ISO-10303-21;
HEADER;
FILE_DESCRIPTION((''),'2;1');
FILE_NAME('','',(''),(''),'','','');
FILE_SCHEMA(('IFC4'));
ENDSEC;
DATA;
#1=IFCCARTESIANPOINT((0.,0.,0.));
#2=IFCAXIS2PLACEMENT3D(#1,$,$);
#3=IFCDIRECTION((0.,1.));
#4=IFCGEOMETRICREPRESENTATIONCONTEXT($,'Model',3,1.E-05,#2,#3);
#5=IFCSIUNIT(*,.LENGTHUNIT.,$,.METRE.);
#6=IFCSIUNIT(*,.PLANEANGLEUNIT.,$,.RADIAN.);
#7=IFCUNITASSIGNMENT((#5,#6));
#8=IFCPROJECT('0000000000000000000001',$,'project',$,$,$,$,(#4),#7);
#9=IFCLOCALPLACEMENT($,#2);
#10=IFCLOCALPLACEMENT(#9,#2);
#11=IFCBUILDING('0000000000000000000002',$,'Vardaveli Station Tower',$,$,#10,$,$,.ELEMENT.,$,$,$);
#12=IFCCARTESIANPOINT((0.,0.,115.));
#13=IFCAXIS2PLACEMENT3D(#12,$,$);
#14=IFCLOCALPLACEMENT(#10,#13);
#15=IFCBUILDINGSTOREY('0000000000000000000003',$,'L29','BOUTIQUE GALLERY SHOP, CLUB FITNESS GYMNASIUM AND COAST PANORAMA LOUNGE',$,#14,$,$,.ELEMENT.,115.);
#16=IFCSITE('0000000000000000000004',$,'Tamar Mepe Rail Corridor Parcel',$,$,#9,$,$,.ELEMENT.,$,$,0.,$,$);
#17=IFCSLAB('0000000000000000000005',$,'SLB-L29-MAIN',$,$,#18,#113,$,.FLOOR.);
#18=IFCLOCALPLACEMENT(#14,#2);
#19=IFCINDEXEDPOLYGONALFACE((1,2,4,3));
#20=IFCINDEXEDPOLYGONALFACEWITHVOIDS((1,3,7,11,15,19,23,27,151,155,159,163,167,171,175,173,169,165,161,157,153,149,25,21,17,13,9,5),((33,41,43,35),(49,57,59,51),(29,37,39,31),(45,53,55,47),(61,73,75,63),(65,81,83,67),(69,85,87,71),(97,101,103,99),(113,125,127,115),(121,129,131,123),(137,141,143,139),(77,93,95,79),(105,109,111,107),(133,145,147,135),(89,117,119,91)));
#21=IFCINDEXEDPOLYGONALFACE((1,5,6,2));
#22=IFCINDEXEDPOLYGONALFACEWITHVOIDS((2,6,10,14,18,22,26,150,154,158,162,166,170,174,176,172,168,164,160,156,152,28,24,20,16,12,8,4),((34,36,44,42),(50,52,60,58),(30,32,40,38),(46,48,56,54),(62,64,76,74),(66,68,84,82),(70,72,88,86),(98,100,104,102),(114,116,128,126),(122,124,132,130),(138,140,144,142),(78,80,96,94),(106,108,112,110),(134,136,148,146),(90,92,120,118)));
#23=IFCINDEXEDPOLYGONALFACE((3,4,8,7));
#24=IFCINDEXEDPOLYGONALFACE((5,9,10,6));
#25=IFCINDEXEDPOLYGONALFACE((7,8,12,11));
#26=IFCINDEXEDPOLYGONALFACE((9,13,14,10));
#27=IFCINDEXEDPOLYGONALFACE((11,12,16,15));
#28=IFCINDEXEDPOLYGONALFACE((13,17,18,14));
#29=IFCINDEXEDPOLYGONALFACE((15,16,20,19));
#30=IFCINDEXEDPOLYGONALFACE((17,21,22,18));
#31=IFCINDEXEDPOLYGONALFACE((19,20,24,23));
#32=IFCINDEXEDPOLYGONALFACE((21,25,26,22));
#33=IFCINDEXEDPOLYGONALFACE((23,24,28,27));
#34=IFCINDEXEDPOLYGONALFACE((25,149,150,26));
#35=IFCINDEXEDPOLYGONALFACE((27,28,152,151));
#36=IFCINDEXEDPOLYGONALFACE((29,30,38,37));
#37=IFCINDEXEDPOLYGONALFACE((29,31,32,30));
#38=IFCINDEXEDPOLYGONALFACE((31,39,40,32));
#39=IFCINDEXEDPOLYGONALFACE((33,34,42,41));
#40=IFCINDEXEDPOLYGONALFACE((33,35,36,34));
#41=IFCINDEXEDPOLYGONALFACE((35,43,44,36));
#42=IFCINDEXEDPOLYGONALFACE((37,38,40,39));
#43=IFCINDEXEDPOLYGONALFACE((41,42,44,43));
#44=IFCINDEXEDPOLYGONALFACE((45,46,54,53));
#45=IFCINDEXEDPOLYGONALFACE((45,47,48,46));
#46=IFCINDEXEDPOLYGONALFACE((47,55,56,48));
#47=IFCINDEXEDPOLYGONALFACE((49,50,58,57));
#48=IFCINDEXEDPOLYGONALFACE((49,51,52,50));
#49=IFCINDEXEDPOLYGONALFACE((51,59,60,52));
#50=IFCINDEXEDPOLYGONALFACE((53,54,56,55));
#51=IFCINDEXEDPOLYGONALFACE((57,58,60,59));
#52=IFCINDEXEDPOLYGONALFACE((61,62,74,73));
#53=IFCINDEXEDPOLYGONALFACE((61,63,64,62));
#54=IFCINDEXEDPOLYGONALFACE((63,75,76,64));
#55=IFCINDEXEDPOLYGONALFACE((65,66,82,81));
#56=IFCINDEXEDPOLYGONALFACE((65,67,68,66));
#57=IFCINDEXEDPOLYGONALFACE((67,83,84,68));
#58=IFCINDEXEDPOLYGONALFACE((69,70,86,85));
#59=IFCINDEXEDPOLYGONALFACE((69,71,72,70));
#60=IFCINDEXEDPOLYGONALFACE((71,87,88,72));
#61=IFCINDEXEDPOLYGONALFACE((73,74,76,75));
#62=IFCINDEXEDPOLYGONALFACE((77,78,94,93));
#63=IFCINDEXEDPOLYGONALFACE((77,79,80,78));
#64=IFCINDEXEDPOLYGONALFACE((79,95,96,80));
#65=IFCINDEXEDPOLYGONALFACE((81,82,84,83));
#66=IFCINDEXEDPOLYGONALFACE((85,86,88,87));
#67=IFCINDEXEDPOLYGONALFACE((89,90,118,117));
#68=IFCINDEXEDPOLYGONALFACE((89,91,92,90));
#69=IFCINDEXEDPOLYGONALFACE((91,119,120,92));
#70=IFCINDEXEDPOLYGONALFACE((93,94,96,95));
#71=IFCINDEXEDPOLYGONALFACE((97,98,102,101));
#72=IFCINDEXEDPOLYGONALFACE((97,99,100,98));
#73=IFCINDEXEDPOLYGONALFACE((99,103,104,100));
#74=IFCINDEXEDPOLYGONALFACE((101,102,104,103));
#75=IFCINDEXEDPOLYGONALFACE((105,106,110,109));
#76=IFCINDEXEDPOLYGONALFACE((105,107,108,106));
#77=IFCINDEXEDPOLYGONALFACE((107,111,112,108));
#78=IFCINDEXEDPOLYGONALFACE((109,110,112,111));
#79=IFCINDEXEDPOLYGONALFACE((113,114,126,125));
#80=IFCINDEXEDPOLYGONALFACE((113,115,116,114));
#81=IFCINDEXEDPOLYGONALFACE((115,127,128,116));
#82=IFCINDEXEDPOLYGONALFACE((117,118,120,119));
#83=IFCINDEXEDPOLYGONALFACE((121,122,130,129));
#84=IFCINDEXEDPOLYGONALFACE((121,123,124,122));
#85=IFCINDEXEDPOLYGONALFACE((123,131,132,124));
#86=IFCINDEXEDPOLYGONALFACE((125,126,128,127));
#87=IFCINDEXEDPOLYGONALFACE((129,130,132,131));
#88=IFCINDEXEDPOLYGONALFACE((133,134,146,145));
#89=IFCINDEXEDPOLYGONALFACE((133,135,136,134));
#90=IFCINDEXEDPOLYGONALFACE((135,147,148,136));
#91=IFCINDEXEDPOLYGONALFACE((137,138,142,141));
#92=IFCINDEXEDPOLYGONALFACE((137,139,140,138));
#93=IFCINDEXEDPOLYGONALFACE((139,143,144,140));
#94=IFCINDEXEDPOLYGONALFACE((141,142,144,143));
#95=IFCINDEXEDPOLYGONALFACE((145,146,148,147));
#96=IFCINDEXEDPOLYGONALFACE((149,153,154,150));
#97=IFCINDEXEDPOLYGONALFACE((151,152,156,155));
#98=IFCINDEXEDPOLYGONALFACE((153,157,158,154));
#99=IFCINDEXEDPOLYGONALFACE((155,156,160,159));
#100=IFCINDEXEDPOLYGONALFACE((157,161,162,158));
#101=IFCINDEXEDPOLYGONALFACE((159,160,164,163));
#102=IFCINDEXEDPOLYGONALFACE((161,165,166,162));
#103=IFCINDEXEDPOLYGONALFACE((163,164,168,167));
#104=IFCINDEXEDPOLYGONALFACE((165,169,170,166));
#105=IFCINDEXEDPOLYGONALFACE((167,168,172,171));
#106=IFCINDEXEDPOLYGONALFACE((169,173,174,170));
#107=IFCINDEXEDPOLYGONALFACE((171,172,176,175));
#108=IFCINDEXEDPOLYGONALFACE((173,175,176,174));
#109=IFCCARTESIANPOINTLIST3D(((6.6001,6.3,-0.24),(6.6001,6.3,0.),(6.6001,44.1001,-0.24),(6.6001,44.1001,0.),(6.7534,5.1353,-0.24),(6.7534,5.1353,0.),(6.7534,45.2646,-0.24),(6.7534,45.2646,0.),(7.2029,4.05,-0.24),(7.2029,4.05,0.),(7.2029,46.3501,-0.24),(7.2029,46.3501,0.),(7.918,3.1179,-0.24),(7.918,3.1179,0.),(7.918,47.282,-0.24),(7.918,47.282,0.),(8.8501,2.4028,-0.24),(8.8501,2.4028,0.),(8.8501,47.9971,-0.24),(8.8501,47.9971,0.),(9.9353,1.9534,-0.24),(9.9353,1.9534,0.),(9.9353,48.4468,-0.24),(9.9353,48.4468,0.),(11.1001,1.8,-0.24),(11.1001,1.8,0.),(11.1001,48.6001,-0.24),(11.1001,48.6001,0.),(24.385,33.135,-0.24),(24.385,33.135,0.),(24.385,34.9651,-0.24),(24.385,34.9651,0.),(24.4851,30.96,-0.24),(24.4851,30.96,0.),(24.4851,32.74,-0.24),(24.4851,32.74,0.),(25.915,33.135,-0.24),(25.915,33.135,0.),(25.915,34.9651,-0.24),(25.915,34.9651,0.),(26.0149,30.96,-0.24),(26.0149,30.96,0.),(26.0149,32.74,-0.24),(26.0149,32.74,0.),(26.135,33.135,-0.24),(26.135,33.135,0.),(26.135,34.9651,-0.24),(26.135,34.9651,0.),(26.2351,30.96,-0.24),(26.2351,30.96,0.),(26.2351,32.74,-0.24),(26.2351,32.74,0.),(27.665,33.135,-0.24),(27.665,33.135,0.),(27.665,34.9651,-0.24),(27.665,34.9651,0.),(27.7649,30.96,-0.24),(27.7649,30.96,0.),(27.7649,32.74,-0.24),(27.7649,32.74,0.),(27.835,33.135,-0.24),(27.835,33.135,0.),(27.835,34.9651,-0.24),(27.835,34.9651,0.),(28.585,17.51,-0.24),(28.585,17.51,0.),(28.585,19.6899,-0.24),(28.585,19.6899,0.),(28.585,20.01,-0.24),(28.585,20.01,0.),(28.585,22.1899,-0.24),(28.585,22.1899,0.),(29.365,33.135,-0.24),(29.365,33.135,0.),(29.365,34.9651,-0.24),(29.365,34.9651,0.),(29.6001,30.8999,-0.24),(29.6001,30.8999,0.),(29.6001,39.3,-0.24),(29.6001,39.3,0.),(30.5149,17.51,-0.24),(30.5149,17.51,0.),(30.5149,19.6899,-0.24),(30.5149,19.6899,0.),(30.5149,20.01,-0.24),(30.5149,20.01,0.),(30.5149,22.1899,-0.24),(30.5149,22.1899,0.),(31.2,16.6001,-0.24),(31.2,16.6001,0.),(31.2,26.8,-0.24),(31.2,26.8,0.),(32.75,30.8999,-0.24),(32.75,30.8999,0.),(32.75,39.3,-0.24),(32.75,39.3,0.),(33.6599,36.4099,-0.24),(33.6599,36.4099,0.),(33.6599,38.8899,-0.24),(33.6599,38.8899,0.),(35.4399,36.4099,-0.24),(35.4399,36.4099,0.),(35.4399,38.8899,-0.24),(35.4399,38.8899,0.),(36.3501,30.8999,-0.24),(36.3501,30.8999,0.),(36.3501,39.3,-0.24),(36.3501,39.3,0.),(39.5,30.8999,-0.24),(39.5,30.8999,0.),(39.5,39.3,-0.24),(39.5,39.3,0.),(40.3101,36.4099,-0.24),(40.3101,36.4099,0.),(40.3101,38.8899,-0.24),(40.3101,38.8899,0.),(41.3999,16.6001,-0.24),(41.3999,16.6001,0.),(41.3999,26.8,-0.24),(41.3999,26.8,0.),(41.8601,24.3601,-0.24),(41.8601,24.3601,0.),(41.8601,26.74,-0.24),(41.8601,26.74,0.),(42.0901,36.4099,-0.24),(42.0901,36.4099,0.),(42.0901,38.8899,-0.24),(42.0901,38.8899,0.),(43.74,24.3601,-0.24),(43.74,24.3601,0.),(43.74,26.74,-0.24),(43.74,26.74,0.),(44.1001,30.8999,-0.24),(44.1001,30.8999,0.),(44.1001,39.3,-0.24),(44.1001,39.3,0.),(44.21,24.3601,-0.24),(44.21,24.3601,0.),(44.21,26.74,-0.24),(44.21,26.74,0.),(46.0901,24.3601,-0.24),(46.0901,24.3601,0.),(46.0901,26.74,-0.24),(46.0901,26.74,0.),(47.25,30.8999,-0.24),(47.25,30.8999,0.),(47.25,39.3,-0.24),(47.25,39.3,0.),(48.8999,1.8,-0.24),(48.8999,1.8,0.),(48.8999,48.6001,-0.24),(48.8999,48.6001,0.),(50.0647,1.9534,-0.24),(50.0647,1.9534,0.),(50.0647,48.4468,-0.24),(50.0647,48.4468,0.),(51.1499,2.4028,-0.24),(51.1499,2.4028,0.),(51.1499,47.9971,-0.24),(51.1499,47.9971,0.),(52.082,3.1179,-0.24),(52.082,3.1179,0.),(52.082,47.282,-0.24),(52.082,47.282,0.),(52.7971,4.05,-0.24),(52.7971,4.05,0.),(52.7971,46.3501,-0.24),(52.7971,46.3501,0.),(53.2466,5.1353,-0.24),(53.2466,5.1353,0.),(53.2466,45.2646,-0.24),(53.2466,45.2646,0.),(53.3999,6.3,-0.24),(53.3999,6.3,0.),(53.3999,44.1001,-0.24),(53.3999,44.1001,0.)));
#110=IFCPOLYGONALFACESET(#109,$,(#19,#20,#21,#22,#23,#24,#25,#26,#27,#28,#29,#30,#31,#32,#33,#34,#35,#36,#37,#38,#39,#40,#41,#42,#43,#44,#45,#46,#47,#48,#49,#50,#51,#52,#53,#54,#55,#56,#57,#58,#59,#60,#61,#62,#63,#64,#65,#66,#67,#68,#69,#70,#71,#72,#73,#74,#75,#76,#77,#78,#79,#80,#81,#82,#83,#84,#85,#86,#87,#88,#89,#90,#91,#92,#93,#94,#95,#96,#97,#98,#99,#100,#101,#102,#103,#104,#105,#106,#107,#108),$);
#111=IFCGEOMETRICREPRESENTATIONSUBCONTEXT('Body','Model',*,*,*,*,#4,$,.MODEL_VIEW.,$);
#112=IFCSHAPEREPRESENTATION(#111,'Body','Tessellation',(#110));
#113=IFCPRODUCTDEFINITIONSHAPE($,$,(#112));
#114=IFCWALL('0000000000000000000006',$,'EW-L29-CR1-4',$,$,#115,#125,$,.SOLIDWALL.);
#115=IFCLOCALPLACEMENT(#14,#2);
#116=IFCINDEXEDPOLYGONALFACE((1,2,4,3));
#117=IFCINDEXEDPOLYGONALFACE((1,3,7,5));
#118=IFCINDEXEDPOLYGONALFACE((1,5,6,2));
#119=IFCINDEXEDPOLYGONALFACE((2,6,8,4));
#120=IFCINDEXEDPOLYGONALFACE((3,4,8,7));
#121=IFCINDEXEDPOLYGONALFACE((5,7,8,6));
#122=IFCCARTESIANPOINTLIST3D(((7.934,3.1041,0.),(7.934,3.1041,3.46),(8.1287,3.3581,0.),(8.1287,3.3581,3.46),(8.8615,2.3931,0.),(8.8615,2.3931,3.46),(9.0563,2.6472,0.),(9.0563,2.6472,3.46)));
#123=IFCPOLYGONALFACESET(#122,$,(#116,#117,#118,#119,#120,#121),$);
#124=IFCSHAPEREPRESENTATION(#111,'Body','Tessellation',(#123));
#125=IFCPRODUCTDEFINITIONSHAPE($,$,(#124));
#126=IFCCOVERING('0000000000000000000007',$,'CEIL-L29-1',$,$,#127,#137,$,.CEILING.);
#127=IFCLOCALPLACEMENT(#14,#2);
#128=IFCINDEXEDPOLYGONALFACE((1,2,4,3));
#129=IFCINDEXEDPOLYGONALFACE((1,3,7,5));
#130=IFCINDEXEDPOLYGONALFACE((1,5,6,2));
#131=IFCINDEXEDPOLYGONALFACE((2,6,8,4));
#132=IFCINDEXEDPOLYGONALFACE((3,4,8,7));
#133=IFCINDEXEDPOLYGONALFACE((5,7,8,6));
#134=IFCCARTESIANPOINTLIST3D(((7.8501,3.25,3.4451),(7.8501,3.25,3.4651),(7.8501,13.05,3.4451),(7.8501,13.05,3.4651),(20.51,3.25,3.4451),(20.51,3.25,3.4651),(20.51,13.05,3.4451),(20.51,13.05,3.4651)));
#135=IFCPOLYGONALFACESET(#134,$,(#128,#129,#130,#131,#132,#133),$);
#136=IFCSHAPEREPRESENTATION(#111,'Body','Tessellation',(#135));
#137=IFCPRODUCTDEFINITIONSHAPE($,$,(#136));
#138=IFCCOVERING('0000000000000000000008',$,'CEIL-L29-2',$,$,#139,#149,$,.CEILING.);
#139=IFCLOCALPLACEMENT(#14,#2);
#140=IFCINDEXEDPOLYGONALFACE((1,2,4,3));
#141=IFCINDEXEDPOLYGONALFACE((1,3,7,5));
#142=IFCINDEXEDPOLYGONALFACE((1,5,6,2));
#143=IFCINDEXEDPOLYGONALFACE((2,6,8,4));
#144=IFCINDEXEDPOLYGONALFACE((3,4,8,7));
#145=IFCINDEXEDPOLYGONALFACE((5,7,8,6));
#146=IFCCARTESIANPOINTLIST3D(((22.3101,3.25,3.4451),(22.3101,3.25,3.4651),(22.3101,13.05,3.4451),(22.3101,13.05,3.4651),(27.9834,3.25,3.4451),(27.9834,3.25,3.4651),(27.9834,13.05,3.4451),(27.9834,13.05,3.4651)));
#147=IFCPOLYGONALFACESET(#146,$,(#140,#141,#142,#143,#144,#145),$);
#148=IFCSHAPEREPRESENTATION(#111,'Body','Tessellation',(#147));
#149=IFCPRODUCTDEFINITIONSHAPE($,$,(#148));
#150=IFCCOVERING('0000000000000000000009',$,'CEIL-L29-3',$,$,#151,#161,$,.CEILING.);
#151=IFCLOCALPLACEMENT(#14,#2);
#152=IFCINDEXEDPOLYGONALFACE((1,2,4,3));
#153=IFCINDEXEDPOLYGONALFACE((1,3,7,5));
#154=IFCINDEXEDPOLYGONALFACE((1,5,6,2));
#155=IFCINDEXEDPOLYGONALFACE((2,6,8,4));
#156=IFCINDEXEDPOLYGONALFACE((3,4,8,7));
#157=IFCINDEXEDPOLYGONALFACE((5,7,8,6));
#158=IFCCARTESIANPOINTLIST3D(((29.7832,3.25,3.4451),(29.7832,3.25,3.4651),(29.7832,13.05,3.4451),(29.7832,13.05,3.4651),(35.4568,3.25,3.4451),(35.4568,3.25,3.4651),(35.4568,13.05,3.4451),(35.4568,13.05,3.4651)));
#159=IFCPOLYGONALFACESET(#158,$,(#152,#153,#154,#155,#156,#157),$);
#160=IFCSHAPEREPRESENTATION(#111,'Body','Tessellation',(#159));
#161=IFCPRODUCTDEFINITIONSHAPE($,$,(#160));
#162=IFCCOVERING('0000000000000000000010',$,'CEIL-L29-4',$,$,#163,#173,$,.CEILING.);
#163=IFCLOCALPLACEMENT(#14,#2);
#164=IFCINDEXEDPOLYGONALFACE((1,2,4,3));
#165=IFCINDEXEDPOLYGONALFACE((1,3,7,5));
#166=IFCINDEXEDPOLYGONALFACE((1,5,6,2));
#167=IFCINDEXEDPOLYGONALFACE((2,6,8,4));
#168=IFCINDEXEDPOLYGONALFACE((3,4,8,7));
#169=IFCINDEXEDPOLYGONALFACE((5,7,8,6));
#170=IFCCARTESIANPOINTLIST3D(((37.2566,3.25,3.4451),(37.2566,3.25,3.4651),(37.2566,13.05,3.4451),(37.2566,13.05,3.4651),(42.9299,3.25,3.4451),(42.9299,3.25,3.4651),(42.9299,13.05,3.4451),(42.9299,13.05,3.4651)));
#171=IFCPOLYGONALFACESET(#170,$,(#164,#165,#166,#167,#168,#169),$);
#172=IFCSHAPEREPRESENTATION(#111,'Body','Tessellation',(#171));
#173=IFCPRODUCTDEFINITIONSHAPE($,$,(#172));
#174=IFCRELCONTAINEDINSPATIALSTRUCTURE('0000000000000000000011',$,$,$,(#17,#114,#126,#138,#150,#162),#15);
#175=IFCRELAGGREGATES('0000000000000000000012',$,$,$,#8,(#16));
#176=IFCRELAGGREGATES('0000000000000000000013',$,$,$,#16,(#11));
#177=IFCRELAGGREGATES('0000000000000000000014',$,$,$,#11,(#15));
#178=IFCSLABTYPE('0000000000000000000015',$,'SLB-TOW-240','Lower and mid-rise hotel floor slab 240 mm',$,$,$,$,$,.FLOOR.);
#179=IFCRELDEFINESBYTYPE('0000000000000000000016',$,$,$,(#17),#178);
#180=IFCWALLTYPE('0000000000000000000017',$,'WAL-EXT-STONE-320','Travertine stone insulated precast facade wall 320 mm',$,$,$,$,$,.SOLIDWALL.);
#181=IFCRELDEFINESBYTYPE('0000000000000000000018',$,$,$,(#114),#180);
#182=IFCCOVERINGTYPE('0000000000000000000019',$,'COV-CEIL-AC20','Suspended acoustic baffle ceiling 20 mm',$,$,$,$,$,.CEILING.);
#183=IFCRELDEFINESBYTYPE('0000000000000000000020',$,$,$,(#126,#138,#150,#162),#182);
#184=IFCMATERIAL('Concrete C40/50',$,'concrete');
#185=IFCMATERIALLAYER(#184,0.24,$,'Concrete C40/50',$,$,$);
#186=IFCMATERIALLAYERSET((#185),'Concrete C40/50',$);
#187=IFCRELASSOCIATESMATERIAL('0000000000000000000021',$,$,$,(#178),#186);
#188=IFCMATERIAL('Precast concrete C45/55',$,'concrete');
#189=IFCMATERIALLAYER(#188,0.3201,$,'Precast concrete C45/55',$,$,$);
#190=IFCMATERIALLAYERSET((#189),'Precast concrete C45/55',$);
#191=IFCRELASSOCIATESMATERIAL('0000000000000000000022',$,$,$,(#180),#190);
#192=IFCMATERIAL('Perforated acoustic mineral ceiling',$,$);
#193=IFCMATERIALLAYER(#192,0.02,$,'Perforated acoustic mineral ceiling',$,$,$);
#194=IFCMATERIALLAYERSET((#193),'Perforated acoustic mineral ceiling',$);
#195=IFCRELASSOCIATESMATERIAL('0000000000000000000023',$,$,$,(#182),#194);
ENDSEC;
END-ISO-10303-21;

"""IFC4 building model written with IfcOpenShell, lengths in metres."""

from ifc_helpers import new_model, si_unit, direction, frame, frame_2d, origin, place, context, subcontext, project, spatial, polyline, rectangle, outline, extrude, source, transform, mapped, material, layer, layer_set, type_object, element, save


model = new_model("IFC4")

# Units and contexts
model_context = context("Model", 3, precision=1e-05, world=origin(), true_north=direction((0.0, 1.0)))
body_context = subcontext(model_context, "Body", "Model", "MODEL_VIEW")
ifc_project = project(units=[si_unit("LENGTHUNIT", "METRE"), si_unit("PLANEANGLEUNIT", "RADIAN")], contexts=[model_context])

# Site, building, storey
site_placement = place(None, origin())
site = spatial("IfcSite", under=ifc_project, at=site_placement, Name="Tamar Mepe Rail Corridor Parcel", CompositionType="ELEMENT", RefElevation=0.0)
building_placement = place(site_placement, origin())
building = spatial("IfcBuilding", under=site, at=building_placement, Name="Vardaveli Station Tower", CompositionType="ELEMENT")
storey_placement = place(building_placement, frame((0.0, 0.0, 115.0)))
storey = spatial("IfcBuildingStorey", under=building, at=storey_placement, Name="L29", Description="BOUTIQUE GALLERY SHOP, CLUB FITNESS GYMNASIUM AND COAST PANORAMA LOUNGE", CompositionType="ELEMENT", Elevation=115.0)

# Shared definitions
ifc_material_1 = material(Name="Concrete C40/50", Category="concrete")

# Slab
ifc_material_2 = material(Name="Precast concrete C45/55", Category="concrete")
ifc_layer_1 = layer(ifc_material_1, 0.24, Name="Concrete C40/50")
ifc_layer_set_1 = layer_set([ifc_layer_1], Name="Concrete C40/50")
slab_type_1 = type_object("IfcSlabType", Name="SLB-TOW-240", Description="Lower and mid-rise hotel floor slab 240 mm", PredefinedType="FLOOR", material=ifc_layer_set_1)
slab_1_placement = place(storey_placement, frame((0.0, 0.0, -0.24)))
element("IfcSlab", 1, at=slab_1_placement, inside=storey, type_object=slab_type_1, Name="SLB-L29-MAIN", PredefinedType="FLOOR", context=body_context, shape_type="SweptSolid", body=[
    extrude(outline(polyline([(6.6001, 6.3), (6.7534, 5.1353), (7.2029, 4.05), (7.918, 3.1179), (8.8501, 2.4028), (9.9353, 1.9534), (11.1001, 1.8), (48.8999, 1.8), (50.0647, 1.9534), (51.1499, 2.4028), (52.082, 3.1179), (52.7971, 4.05), (53.2466, 5.1353), (53.3999, 6.3), (53.3999, 44.1001), (53.2466, 45.2646), (52.7971, 46.3501), (52.082, 47.282), (51.1499, 47.9971), (50.0647, 48.4468), (48.8999, 48.6001), (11.1001, 48.6001), (9.9353, 48.4468), (8.8501, 47.9971), (7.918, 47.282), (7.2029, 46.3501), (6.7534, 45.2646), (6.6001, 44.1001), (6.6001, 6.3)]), holes=[polyline([(31.2, 16.6001), (41.3999, 16.6001), (41.3999, 26.8), (31.2, 26.8), (31.2, 16.6001)]), polyline([(32.75, 30.8999), (32.75, 39.3), (29.6001, 39.3), (29.6001, 30.8999), (32.75, 30.8999)]), polyline([(39.5, 30.8999), (39.5, 39.3), (36.3501, 39.3), (36.3501, 30.8999), (39.5, 30.8999)]), polyline([(47.25, 30.8999), (47.25, 39.3), (44.1001, 39.3), (44.1001, 30.8999), (47.25, 30.8999)]), polyline([(24.385, 33.135), (25.915, 33.135), (25.915, 34.9651), (24.385, 34.9651), (24.385, 33.135)]), polyline([(26.135, 33.135), (27.665, 33.135), (27.665, 34.9651), (26.135, 34.9651), (26.135, 33.135)]), polyline([(27.835, 33.135), (29.365, 33.135), (29.365, 34.9651), (27.835, 34.9651), (27.835, 33.135)]), polyline([(33.6599, 36.4099), (35.4399, 36.4099), (35.4399, 38.8899), (33.6599, 38.8899), (33.6599, 36.4099)]), polyline([(40.3101, 36.4099), (42.0901, 36.4099), (42.0901, 38.8899), (40.3101, 38.8899), (40.3101, 36.4099)]), polyline([(24.4851, 30.96), (26.0149, 30.96), (26.0149, 32.74), (24.4851, 32.74), (24.4851, 30.96)]), polyline([(26.2351, 30.96), (27.7649, 30.96), (27.7649, 32.74), (26.2351, 32.74), (26.2351, 30.96)]), polyline([(28.585, 17.51), (30.5149, 17.51), (30.5149, 19.6899), (28.585, 19.6899), (28.585, 17.51)]), polyline([(28.585, 20.01), (30.5149, 20.01), (30.5149, 22.1899), (28.585, 22.1899), (28.585, 20.01)]), polyline([(41.8601, 24.3601), (43.74, 24.3601), (43.74, 26.74), (41.8601, 26.74), (41.8601, 24.3601)]), polyline([(44.21, 24.3601), (46.0901, 24.3601), (46.0901, 26.74), (44.21, 26.74), (44.21, 24.3601)])]), origin(), (0.0, 0.0, 1.0), 0.24),
])

# Wall
ifc_layer_2 = layer(ifc_material_2, 0.3201, Name="Precast concrete C45/55")
ifc_layer_set_2 = layer_set([ifc_layer_2], Name="Precast concrete C45/55")
wall_type = type_object("IfcWallType", Name="WAL-EXT-STONE-320", Description="Travertine stone insulated precast facade wall 320 mm", PredefinedType="SOLIDWALL", material=ifc_layer_set_2)
shared_shape = source(origin(), body_context, "Body", "SweptSolid", [
    extrude(rectangle(XDim=1.1687, YDim=0.3201, at=frame_2d((0.5845, 0.0))), origin(), (0.0, 0.0, 1.0), 3.46),
])
wall_placement = place(storey_placement, frame((8.0312, 3.2312, 0.0), z_axis=(0.0, 0.0, 1.0), x_axis=(0.793664, -0.608357, 0.0)))
element("IfcWall", 2, at=wall_placement, inside=storey, type_object=wall_type, Name="EW-L29-CR1-4", PredefinedType="SOLIDWALL", context=body_context, shape_type="MappedRepresentation", body=[
    mapped(shared_shape, transform((0.0, 0.0, 0.0), scale=1.0)),
])

# Coverings
ifc_material_3 = material(Name="Perforated acoustic mineral ceiling")
ifc_layer_3 = layer(ifc_material_3, 0.02, Name="Perforated acoustic mineral ceiling")
ifc_layer_set_3 = layer_set([ifc_layer_3], Name="Perforated acoustic mineral ceiling")
covering_type_1 = type_object("IfcCoveringType", Name="COV-CEIL-AC20", Description="Suspended acoustic baffle ceiling 20 mm", PredefinedType="CEILING", material=ifc_layer_set_3)
covering_1_placement = place(storey_placement, frame((0.0, 0.0, 3.4451)))
element("IfcCovering", 3, at=covering_1_placement, inside=storey, type_object=covering_type_1, Name="CEIL-L29-1", PredefinedType="CEILING", context=body_context, shape_type="SweptSolid", body=[
    extrude(outline(polyline([(7.8501, 3.25), (20.51, 3.25), (20.51, 13.05), (7.8501, 13.05), (7.8501, 3.25)])), origin(), (0.0, 0.0, 1.0), 0.02),
])
covering_2_placement = place(storey_placement, frame((0.0, 0.0, 3.4451)))
element("IfcCovering", 4, at=covering_2_placement, inside=storey, type_object=covering_type_1, Name="CEIL-L29-2", PredefinedType="CEILING", context=body_context, shape_type="SweptSolid", body=[
    extrude(outline(polyline([(22.3101, 3.25), (27.9834, 3.25), (27.9834, 13.05), (22.3101, 13.05), (22.3101, 3.25)])), origin(), (0.0, 0.0, 1.0), 0.02),
])
covering_3_placement = place(storey_placement, frame((0.0, 0.0, 3.4451)))
element("IfcCovering", 5, at=covering_3_placement, inside=storey, type_object=covering_type_1, Name="CEIL-L29-3", PredefinedType="CEILING", context=body_context, shape_type="SweptSolid", body=[
    extrude(outline(polyline([(29.7832, 3.25), (35.4568, 3.25), (35.4568, 13.05), (29.7832, 13.05), (29.7832, 3.25)])), origin(), (0.0, 0.0, 1.0), 0.02),
])
covering_4_placement = place(storey_placement, frame((0.0, 0.0, 3.4451)))
element("IfcCovering", 6, at=covering_4_placement, inside=storey, type_object=covering_type_1, Name="CEIL-L29-4", PredefinedType="CEILING", context=body_context, shape_type="SweptSolid", body=[
    extrude(outline(polyline([(37.2566, 3.25), (42.9299, 3.25), (42.9299, 13.05), (37.2566, 13.05), (37.2566, 3.25)])), origin(), (0.0, 0.0, 1.0), 0.02),
])

save(model, "model.ifc")
